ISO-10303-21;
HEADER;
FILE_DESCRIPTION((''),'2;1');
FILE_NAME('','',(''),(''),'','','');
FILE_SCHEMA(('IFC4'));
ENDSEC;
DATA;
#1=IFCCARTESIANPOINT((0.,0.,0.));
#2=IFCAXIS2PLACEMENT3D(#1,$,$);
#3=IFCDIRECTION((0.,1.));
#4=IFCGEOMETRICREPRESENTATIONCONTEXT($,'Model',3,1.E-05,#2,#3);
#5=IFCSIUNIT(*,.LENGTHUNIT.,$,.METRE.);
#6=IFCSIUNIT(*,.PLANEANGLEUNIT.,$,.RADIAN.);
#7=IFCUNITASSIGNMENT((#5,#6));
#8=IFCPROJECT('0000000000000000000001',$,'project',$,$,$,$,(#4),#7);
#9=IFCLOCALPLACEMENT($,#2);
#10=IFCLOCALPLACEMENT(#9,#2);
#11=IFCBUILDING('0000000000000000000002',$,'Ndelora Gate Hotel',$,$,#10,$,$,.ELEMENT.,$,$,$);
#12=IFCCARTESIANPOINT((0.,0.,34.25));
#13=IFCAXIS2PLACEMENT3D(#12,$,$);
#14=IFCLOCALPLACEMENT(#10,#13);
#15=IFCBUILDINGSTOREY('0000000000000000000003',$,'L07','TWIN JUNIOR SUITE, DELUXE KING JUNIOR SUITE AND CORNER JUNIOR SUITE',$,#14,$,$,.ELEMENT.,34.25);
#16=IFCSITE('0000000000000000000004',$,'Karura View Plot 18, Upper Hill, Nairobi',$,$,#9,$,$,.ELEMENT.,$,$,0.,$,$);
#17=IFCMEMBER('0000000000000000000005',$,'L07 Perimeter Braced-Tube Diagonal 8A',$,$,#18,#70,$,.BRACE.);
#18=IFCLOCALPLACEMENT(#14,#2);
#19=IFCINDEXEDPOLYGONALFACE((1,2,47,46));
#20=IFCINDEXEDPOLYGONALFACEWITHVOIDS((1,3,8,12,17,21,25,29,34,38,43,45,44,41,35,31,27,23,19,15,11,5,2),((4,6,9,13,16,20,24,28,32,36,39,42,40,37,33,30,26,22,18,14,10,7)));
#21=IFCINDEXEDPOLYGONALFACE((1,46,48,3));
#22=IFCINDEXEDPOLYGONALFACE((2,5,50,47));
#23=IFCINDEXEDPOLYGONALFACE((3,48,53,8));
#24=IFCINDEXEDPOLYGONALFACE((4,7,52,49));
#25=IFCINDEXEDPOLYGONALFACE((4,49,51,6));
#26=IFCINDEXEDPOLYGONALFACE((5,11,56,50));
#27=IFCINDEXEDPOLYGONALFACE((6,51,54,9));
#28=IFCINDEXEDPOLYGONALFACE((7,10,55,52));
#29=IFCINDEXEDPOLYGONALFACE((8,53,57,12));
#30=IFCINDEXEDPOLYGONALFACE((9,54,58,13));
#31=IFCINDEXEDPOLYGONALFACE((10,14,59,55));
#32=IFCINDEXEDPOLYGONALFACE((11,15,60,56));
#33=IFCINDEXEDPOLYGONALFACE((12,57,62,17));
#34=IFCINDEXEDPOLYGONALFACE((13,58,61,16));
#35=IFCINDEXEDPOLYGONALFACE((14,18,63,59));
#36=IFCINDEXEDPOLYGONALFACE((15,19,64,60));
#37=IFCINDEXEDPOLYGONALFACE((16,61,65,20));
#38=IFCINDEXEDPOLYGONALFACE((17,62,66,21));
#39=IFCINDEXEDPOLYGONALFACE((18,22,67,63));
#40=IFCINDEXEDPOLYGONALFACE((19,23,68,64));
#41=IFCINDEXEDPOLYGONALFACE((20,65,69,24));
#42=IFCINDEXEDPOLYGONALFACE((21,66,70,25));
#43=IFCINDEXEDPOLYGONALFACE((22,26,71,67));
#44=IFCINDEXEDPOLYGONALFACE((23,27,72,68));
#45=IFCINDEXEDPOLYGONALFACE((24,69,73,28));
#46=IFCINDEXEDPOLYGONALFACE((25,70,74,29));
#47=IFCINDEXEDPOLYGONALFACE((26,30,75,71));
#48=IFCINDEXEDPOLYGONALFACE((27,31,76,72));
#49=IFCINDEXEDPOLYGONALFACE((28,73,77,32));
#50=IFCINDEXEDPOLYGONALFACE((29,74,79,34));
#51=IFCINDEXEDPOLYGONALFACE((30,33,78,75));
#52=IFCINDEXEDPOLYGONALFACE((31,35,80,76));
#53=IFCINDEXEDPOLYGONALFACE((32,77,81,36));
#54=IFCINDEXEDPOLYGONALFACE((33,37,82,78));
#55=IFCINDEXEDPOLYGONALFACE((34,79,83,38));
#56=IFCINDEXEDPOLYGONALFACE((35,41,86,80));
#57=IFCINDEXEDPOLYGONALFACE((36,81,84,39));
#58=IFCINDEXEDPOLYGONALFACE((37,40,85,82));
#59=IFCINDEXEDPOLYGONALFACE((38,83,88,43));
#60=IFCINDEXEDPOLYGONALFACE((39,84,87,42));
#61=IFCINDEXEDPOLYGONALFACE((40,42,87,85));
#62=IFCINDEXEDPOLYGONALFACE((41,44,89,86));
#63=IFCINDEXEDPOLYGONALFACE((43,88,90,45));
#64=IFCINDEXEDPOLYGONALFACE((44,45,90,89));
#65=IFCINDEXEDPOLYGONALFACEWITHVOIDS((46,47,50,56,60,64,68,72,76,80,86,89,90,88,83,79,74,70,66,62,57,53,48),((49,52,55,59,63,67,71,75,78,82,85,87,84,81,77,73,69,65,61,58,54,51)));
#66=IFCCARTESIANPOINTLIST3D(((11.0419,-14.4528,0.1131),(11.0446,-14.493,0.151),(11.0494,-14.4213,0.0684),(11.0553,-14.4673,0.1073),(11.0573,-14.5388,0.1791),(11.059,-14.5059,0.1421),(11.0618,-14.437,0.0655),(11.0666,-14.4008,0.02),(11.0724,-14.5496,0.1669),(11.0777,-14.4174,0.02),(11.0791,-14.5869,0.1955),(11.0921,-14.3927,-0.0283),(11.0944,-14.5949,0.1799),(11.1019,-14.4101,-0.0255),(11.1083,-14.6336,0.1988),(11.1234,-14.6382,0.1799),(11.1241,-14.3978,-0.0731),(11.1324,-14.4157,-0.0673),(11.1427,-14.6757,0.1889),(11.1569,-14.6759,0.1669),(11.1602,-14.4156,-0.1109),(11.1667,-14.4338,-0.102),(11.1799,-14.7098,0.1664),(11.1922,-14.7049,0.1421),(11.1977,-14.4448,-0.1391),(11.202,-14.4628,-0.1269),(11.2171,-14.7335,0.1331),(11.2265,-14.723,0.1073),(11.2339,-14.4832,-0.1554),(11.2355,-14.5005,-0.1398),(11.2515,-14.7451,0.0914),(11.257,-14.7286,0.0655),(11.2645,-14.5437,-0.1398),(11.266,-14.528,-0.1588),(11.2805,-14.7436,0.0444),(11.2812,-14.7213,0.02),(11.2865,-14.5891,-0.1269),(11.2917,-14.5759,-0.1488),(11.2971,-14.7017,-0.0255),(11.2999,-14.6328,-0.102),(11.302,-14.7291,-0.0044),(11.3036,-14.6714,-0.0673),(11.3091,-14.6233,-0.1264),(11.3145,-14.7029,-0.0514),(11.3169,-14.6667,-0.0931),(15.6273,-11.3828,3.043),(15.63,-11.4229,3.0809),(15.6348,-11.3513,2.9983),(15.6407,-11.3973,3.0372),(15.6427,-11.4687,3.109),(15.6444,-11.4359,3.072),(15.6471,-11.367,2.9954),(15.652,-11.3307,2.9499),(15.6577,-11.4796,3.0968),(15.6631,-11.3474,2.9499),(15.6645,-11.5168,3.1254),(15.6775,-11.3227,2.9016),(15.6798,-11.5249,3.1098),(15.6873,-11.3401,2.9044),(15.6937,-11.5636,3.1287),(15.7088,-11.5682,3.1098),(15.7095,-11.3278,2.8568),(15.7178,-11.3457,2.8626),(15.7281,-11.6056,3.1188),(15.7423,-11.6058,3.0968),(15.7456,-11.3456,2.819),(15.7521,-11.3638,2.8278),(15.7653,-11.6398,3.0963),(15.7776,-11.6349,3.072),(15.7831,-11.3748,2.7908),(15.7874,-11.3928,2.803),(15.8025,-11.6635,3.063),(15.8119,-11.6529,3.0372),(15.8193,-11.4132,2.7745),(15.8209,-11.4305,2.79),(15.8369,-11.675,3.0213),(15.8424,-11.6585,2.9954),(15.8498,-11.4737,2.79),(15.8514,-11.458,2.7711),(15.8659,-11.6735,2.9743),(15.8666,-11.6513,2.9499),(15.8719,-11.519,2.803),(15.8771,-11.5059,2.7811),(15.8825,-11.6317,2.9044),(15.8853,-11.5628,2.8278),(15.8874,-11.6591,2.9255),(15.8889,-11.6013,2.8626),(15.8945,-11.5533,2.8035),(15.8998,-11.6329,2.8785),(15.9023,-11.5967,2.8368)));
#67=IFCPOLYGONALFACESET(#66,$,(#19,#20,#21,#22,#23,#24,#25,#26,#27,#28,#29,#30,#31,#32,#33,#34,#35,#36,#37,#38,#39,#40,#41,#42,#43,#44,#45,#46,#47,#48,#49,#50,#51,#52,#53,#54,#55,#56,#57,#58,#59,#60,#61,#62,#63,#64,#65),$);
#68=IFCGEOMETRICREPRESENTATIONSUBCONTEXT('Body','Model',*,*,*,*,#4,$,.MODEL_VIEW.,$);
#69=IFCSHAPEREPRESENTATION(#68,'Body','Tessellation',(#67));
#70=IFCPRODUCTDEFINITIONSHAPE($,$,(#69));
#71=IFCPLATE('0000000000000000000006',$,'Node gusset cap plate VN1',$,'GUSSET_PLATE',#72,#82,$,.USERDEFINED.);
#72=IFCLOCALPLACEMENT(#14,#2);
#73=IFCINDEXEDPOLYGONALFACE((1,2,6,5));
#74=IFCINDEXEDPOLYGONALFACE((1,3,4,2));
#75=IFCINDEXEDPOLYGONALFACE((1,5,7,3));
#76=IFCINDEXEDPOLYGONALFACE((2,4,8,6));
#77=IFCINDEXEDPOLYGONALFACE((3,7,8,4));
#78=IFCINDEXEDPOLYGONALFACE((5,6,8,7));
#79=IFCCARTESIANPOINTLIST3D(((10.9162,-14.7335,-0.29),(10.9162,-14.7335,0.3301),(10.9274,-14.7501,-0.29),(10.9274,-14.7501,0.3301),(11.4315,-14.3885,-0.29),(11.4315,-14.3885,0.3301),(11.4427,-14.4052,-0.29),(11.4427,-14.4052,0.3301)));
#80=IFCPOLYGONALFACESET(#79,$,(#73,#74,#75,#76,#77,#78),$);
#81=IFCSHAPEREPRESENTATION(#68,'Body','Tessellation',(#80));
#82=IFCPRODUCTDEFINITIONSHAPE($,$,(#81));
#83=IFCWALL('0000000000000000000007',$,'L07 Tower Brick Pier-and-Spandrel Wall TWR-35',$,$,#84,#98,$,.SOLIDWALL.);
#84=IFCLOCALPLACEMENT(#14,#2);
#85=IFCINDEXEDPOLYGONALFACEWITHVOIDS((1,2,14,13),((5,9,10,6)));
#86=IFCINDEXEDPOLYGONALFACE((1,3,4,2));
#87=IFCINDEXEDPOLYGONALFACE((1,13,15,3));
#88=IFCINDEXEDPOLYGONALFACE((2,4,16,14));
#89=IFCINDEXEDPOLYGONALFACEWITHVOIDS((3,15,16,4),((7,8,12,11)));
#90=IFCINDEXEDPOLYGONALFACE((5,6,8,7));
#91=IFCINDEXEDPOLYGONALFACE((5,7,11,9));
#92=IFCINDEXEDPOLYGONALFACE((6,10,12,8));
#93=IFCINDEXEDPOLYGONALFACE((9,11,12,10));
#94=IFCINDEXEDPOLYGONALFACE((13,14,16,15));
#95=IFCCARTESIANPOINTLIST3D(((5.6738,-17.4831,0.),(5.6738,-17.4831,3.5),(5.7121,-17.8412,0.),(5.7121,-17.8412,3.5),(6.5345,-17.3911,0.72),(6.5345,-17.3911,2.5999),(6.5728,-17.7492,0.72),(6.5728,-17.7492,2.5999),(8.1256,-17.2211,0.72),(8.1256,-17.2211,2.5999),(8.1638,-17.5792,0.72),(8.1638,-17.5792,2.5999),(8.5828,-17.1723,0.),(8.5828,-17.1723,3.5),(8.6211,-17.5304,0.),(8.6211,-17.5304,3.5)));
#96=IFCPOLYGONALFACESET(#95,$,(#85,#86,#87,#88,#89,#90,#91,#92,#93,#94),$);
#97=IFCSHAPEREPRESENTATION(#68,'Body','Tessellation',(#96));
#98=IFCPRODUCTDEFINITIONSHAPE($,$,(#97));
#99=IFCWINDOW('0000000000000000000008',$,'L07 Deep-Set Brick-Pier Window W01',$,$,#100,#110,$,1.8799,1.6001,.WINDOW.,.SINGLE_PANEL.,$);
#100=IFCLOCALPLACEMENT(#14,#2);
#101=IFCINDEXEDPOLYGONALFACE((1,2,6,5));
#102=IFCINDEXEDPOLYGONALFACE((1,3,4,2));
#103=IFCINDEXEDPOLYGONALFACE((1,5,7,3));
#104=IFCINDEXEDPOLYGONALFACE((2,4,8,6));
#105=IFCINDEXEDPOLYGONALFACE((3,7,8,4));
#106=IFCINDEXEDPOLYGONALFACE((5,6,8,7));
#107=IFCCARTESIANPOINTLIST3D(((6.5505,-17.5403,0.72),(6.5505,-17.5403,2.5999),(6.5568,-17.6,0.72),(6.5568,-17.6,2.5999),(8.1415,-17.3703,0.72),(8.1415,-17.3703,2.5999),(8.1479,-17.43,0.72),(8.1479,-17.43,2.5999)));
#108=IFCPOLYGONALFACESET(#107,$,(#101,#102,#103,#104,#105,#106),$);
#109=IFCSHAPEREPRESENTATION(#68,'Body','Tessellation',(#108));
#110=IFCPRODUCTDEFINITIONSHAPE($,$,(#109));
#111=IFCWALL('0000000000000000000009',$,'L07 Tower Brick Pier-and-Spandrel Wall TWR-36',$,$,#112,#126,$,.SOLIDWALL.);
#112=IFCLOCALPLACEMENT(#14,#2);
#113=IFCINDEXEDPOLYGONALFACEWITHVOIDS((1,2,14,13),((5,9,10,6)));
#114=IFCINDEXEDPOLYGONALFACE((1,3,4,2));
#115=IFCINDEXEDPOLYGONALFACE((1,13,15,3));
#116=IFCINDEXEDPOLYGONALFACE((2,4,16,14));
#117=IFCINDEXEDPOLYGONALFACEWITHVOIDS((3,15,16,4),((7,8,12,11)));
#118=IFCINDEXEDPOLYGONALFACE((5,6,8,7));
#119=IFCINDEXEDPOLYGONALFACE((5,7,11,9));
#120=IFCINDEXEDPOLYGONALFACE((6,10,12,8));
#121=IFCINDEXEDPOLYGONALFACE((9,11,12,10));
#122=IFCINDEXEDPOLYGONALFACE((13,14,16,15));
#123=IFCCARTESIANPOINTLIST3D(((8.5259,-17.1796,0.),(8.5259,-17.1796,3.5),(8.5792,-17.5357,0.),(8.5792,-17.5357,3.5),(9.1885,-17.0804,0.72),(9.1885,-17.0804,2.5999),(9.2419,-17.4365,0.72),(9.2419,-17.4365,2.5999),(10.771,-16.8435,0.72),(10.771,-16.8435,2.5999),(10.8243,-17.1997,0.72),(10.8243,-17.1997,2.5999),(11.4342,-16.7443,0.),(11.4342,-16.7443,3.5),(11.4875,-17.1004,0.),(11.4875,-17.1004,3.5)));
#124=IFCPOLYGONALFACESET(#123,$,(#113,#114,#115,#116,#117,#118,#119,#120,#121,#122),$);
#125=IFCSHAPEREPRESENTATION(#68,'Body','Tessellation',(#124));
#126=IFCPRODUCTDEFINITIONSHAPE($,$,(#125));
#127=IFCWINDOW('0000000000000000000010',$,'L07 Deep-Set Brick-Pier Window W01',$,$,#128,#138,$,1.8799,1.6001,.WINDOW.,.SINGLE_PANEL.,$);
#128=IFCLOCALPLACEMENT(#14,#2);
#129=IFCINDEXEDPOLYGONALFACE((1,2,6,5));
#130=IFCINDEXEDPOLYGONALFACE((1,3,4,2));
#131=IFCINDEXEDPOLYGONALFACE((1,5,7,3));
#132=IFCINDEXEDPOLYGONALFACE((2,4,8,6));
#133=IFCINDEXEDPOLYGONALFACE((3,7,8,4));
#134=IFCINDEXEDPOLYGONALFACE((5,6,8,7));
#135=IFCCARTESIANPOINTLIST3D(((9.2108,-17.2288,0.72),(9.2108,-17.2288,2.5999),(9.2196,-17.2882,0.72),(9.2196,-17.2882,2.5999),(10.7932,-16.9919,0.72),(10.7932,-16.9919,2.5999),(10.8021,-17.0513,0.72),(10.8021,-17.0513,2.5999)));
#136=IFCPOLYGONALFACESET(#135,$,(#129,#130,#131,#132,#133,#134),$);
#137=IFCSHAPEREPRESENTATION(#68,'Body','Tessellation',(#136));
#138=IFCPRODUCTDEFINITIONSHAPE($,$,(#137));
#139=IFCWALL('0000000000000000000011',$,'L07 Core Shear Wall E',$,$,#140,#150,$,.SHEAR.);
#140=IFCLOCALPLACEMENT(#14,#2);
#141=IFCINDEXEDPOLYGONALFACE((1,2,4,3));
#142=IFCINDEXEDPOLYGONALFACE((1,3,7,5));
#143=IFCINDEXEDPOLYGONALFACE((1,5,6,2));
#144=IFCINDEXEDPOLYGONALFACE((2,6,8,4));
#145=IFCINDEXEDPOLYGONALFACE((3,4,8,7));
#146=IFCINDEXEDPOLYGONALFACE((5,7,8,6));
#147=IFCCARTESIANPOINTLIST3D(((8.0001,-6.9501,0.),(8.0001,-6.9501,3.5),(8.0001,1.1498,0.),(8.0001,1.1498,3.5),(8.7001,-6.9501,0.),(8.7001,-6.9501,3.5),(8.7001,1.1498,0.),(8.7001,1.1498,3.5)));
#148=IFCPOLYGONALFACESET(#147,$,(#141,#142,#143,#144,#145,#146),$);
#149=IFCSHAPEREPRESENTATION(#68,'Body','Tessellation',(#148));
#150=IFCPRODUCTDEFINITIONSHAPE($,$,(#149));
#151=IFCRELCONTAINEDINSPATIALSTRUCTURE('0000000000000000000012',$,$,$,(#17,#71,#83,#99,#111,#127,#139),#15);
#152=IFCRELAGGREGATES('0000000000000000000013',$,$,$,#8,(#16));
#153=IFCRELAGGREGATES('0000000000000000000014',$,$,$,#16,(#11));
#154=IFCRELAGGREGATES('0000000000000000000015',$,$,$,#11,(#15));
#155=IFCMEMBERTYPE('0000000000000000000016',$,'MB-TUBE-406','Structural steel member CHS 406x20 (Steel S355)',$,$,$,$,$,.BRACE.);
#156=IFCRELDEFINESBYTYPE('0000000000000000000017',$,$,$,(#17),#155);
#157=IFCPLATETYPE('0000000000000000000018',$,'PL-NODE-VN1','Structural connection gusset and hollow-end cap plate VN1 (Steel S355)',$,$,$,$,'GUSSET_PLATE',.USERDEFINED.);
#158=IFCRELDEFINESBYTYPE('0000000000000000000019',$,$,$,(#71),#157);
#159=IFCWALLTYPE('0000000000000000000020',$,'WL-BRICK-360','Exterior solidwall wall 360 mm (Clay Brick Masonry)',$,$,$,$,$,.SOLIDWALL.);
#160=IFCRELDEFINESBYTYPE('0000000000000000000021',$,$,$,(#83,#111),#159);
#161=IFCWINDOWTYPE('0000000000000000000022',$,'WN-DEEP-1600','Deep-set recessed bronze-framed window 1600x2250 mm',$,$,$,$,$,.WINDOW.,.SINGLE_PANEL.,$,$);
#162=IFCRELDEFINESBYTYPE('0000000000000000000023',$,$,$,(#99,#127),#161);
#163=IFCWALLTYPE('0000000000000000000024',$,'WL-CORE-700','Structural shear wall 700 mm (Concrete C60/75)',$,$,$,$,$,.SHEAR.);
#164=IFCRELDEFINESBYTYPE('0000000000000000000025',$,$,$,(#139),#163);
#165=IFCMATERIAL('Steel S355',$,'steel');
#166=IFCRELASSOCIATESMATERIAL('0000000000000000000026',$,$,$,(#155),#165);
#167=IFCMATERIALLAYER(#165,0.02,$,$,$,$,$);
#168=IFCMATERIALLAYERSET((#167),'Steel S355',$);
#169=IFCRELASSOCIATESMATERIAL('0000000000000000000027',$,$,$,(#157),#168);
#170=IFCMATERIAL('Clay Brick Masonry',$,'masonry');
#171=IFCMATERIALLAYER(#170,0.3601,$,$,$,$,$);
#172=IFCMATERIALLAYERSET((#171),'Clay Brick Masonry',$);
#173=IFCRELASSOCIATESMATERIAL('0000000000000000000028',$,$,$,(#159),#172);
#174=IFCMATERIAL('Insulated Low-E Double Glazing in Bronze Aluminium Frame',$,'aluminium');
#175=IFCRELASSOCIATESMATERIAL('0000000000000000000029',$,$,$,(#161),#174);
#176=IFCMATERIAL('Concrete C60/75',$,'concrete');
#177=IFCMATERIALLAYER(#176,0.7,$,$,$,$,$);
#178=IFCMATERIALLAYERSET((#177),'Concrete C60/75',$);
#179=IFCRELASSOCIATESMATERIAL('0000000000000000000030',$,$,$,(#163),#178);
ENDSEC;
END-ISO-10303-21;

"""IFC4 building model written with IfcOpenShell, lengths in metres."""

from ifc_helpers import new_model, si_unit, direction, frame, frame_2d, origin, origin_2d, place, context, subcontext, project, spatial, rectangle, hollow_circle, extrude, material, layer, layer_set, material_profile, profile_set, type_object, element, fill, save


model = new_model("IFC4")

# Units and contexts
model_context = context("Model", 3, precision=1e-05, world=origin(), true_north=direction((0.0, 1.0)))
body_context = subcontext(model_context, "Body", "Model", "MODEL_VIEW")
ifc_project = project(units=[si_unit("LENGTHUNIT", "METRE"), si_unit("PLANEANGLEUNIT", "RADIAN")], contexts=[model_context])

# Site, building, storey
site_placement = place(None, origin())
site = spatial("IfcSite", under=ifc_project, at=site_placement, Name="Karura View Plot 18, Upper Hill, Nairobi", CompositionType="ELEMENT", RefElevation=0.0)
building_placement = place(site_placement, origin())
building = spatial("IfcBuilding", under=site, at=building_placement, Name="Ndelora Gate Hotel", CompositionType="ELEMENT")
storey_placement = place(building_placement, frame((0.0, 0.0, 34.25)))
storey = spatial("IfcBuildingStorey", under=building, at=storey_placement, Name="L07", Description="TWIN JUNIOR SUITE, DELUXE KING JUNIOR SUITE AND CORNER JUNIOR SUITE", CompositionType="ELEMENT", Elevation=34.25)

# Shared definitions
ifc_material_1 = material(Name="Concrete C60/75", Category="concrete")

# Shared definitions
ifc_material_2 = material(Name="Steel S355", Category="steel")

# Member
ifc_material_profile_1 = material_profile(ifc_material_2, hollow_circle(Radius=0.2029, WallThickness=0.02, at=origin_2d()), Name="CHS 406x20")
ifc_profile_set_1 = profile_set([ifc_material_profile_1], Name="Steel S355")
member_type = type_object("IfcMemberType", Name="MB-TUBE-406", Description="Structural steel member CHS 406x20 (Steel S355)", PredefinedType="BRACE", material=ifc_profile_set_1)
member_placement = place(storey_placement, frame((11.1794, -14.5693, 0.02), z_axis=(0.733919, 0.491377, 0.468947), x_axis=(-0.556343, 0.830953, 0.0)))
element("IfcMember", 1, at=member_placement, inside=storey, type_object=member_type, Name="L07 Perimeter Braced-Tube Diagonal 8A", PredefinedType="BRACE", context=body_context, shape_type="SweptSolid", body=[
    extrude(hollow_circle(Radius=0.2029, WallThickness=0.02, at=origin_2d()), origin(), (0.0, 0.0, 1.0), 6.2478),
])

# Plate
ifc_layer_1 = layer(ifc_material_2, 0.02)
ifc_layer_set_1 = layer_set([ifc_layer_1], Name="Steel S355")
plate_type = type_object("IfcPlateType", Name="PL-NODE-VN1", Description="Structural connection gusset and hollow-end cap plate VN1 (Steel S355)", ElementType="GUSSET_PLATE", PredefinedType="USERDEFINED", material=ifc_layer_set_1)
plate_placement = place(storey_placement, frame((11.1794, -14.5693, -0.29), z_axis=(0.0, 0.0, 1.0), x_axis=(0.830984, 0.556296, 0.0)))
element("IfcPlate", 2, at=plate_placement, inside=storey, type_object=plate_type, Name="Node gusset cap plate VN1", ObjectType="GUSSET_PLATE", PredefinedType="USERDEFINED", context=body_context, shape_type="SweptSolid", body=[
    extrude(rectangle(XDim=0.6201, YDim=0.02, at=origin_2d()), origin(), (0.0, 0.0, 1.0), 0.6201),
])

# Walls, openings, windows
ifc_material_3 = material(Name="Clay Brick Masonry", Category="masonry")
ifc_layer_2 = layer(ifc_material_3, 0.3601)
ifc_layer_set_2 = layer_set([ifc_layer_2], Name="Clay Brick Masonry")
wall_type_1 = type_object("IfcWallType", Name="WL-BRICK-360", Description="Exterior solidwall wall 360 mm (Clay Brick Masonry)", PredefinedType="SOLIDWALL", material=ifc_layer_set_2)
wall_1_placement = place(storey_placement, frame((8.6021, -17.3513, 0.0), z_axis=(0.0, 0.0, 1.0), x_axis=(-0.994341, -0.106236, 0.0)))
wall_1 = element("IfcWall", 3, at=wall_1_placement, inside=storey, type_object=wall_type_1, Name="L07 Tower Brick Pier-and-Spandrel Wall TWR-35", PredefinedType="SOLIDWALL", context=body_context, shape_type="SweptSolid", body=[
    extrude(rectangle(XDim=2.9255, YDim=0.3601, at=frame_2d((1.4629, 0.0))), origin(), (0.0, 0.0, 1.0), 3.5),
])
opening_1_placement = place(wall_1_placement, frame((0.46, 0.0, 0.72)))
opening_1 = element("IfcOpeningElement", 4, at=opening_1_placement, cuts=wall_1, PredefinedType="OPENING", context=body_context, shape_type="SweptSolid", body=[
    extrude(rectangle(XDim=1.6001, YDim=1.8799, at=frame_2d((0.8, 0.9399))), frame((0.0, 0.1899, 0.0), z_axis=(0.0, -1.0, 0.0), x_axis=(1.0, 0.0, 0.0)), (0.0, 0.0, 1.0), 0.3801),
])
ifc_material_4 = material(Name="Insulated Low-E Double Glazing in Bronze Aluminium Frame", Category="aluminium")
window_type = type_object("IfcWindowType", Name="WN-DEEP-1600", Description="Deep-set recessed bronze-framed window 1600x2250 mm", PartitioningType="SINGLE_PANEL", PredefinedType="WINDOW", material=ifc_material_4)
window_1_placement = place(opening_1_placement, origin())
window_1 = element("IfcWindow", 5, at=window_1_placement, inside=storey, type_object=window_type, Name="L07 Deep-Set Brick-Pier Window W01", OverallHeight=1.8799, OverallWidth=1.6001, PartitioningType="SINGLE_PANEL", PredefinedType="WINDOW", context=body_context, shape_type="SweptSolid", body=[
    extrude(rectangle(XDim=1.6001, YDim=1.8799, at=frame_2d((0.8, 0.9399))), frame((0.0, 0.03, 0.0), z_axis=(0.0, -1.0, 0.0), x_axis=(1.0, 0.0, 0.0)), (0.0, 0.0, 1.0), 0.0601),
])
fill(opening_1, window_1)
wall_2_placement = place(storey_placement, frame((11.4607, -16.9224, 0.0), z_axis=(0.0, 0.0, 1.0), x_axis=(-0.988983, -0.148032, 0.0)))
wall_2 = element("IfcWall", 6, at=wall_2_placement, inside=storey, type_object=wall_type_1, Name="L07 Tower Brick Pier-and-Spandrel Wall TWR-36", PredefinedType="SOLIDWALL", context=body_context, shape_type="SweptSolid", body=[
    extrude(rectangle(XDim=2.9407, YDim=0.3601, at=frame_2d((1.4702, 0.0))), origin(), (0.0, 0.0, 1.0), 3.5),
])
opening_2_placement = place(wall_2_placement, frame((0.6704, 0.0, 0.72)))
opening_2 = element("IfcOpeningElement", 7, at=opening_2_placement, cuts=wall_2, PredefinedType="OPENING", context=body_context, shape_type="SweptSolid", body=[
    extrude(rectangle(XDim=1.6001, YDim=1.8799, at=frame_2d((0.8, 0.9399))), frame((0.0, 0.1899, 0.0), z_axis=(0.0, -1.0, 0.0), x_axis=(1.0, 0.0, 0.0)), (0.0, 0.0, 1.0), 0.3801),
])
window_2_placement = place(opening_2_placement, origin())
window_2 = element("IfcWindow", 8, at=window_2_placement, inside=storey, type_object=window_type, Name="L07 Deep-Set Brick-Pier Window W01", OverallHeight=1.8799, OverallWidth=1.6001, PartitioningType="SINGLE_PANEL", PredefinedType="WINDOW", context=body_context, shape_type="SweptSolid", body=[
    extrude(rectangle(XDim=1.6001, YDim=1.8799, at=frame_2d((0.8, 0.9399))), frame((0.0, 0.03, 0.0), z_axis=(0.0, -1.0, 0.0), x_axis=(1.0, 0.0, 0.0)), (0.0, 0.0, 1.0), 0.0601),
])
fill(opening_2, window_2)

# Wall
ifc_layer_3 = layer(ifc_material_1, 0.7)
ifc_layer_set_3 = layer_set([ifc_layer_3], Name="Concrete C60/75")
wall_type_2 = type_object("IfcWallType", Name="WL-CORE-700", Description="Structural shear wall 700 mm (Concrete C60/75)", PredefinedType="SHEAR", material=ifc_layer_set_3)
wall_3_placement = place(storey_placement, frame((8.3501, -6.95, 0.0), z_axis=(0.0, 0.0, 1.0), x_axis=(0.0, 1.0, 0.0)))
element("IfcWall", 9, at=wall_3_placement, inside=storey, type_object=wall_type_2, Name="L07 Core Shear Wall E", PredefinedType="SHEAR", context=body_context, shape_type="SweptSolid", body=[
    extrude(rectangle(XDim=8.0999, YDim=0.7, at=frame_2d((4.0498, 0.0))), origin(), (0.0, 0.0, 1.0), 3.5),
])

save(model, "model.ifc")
